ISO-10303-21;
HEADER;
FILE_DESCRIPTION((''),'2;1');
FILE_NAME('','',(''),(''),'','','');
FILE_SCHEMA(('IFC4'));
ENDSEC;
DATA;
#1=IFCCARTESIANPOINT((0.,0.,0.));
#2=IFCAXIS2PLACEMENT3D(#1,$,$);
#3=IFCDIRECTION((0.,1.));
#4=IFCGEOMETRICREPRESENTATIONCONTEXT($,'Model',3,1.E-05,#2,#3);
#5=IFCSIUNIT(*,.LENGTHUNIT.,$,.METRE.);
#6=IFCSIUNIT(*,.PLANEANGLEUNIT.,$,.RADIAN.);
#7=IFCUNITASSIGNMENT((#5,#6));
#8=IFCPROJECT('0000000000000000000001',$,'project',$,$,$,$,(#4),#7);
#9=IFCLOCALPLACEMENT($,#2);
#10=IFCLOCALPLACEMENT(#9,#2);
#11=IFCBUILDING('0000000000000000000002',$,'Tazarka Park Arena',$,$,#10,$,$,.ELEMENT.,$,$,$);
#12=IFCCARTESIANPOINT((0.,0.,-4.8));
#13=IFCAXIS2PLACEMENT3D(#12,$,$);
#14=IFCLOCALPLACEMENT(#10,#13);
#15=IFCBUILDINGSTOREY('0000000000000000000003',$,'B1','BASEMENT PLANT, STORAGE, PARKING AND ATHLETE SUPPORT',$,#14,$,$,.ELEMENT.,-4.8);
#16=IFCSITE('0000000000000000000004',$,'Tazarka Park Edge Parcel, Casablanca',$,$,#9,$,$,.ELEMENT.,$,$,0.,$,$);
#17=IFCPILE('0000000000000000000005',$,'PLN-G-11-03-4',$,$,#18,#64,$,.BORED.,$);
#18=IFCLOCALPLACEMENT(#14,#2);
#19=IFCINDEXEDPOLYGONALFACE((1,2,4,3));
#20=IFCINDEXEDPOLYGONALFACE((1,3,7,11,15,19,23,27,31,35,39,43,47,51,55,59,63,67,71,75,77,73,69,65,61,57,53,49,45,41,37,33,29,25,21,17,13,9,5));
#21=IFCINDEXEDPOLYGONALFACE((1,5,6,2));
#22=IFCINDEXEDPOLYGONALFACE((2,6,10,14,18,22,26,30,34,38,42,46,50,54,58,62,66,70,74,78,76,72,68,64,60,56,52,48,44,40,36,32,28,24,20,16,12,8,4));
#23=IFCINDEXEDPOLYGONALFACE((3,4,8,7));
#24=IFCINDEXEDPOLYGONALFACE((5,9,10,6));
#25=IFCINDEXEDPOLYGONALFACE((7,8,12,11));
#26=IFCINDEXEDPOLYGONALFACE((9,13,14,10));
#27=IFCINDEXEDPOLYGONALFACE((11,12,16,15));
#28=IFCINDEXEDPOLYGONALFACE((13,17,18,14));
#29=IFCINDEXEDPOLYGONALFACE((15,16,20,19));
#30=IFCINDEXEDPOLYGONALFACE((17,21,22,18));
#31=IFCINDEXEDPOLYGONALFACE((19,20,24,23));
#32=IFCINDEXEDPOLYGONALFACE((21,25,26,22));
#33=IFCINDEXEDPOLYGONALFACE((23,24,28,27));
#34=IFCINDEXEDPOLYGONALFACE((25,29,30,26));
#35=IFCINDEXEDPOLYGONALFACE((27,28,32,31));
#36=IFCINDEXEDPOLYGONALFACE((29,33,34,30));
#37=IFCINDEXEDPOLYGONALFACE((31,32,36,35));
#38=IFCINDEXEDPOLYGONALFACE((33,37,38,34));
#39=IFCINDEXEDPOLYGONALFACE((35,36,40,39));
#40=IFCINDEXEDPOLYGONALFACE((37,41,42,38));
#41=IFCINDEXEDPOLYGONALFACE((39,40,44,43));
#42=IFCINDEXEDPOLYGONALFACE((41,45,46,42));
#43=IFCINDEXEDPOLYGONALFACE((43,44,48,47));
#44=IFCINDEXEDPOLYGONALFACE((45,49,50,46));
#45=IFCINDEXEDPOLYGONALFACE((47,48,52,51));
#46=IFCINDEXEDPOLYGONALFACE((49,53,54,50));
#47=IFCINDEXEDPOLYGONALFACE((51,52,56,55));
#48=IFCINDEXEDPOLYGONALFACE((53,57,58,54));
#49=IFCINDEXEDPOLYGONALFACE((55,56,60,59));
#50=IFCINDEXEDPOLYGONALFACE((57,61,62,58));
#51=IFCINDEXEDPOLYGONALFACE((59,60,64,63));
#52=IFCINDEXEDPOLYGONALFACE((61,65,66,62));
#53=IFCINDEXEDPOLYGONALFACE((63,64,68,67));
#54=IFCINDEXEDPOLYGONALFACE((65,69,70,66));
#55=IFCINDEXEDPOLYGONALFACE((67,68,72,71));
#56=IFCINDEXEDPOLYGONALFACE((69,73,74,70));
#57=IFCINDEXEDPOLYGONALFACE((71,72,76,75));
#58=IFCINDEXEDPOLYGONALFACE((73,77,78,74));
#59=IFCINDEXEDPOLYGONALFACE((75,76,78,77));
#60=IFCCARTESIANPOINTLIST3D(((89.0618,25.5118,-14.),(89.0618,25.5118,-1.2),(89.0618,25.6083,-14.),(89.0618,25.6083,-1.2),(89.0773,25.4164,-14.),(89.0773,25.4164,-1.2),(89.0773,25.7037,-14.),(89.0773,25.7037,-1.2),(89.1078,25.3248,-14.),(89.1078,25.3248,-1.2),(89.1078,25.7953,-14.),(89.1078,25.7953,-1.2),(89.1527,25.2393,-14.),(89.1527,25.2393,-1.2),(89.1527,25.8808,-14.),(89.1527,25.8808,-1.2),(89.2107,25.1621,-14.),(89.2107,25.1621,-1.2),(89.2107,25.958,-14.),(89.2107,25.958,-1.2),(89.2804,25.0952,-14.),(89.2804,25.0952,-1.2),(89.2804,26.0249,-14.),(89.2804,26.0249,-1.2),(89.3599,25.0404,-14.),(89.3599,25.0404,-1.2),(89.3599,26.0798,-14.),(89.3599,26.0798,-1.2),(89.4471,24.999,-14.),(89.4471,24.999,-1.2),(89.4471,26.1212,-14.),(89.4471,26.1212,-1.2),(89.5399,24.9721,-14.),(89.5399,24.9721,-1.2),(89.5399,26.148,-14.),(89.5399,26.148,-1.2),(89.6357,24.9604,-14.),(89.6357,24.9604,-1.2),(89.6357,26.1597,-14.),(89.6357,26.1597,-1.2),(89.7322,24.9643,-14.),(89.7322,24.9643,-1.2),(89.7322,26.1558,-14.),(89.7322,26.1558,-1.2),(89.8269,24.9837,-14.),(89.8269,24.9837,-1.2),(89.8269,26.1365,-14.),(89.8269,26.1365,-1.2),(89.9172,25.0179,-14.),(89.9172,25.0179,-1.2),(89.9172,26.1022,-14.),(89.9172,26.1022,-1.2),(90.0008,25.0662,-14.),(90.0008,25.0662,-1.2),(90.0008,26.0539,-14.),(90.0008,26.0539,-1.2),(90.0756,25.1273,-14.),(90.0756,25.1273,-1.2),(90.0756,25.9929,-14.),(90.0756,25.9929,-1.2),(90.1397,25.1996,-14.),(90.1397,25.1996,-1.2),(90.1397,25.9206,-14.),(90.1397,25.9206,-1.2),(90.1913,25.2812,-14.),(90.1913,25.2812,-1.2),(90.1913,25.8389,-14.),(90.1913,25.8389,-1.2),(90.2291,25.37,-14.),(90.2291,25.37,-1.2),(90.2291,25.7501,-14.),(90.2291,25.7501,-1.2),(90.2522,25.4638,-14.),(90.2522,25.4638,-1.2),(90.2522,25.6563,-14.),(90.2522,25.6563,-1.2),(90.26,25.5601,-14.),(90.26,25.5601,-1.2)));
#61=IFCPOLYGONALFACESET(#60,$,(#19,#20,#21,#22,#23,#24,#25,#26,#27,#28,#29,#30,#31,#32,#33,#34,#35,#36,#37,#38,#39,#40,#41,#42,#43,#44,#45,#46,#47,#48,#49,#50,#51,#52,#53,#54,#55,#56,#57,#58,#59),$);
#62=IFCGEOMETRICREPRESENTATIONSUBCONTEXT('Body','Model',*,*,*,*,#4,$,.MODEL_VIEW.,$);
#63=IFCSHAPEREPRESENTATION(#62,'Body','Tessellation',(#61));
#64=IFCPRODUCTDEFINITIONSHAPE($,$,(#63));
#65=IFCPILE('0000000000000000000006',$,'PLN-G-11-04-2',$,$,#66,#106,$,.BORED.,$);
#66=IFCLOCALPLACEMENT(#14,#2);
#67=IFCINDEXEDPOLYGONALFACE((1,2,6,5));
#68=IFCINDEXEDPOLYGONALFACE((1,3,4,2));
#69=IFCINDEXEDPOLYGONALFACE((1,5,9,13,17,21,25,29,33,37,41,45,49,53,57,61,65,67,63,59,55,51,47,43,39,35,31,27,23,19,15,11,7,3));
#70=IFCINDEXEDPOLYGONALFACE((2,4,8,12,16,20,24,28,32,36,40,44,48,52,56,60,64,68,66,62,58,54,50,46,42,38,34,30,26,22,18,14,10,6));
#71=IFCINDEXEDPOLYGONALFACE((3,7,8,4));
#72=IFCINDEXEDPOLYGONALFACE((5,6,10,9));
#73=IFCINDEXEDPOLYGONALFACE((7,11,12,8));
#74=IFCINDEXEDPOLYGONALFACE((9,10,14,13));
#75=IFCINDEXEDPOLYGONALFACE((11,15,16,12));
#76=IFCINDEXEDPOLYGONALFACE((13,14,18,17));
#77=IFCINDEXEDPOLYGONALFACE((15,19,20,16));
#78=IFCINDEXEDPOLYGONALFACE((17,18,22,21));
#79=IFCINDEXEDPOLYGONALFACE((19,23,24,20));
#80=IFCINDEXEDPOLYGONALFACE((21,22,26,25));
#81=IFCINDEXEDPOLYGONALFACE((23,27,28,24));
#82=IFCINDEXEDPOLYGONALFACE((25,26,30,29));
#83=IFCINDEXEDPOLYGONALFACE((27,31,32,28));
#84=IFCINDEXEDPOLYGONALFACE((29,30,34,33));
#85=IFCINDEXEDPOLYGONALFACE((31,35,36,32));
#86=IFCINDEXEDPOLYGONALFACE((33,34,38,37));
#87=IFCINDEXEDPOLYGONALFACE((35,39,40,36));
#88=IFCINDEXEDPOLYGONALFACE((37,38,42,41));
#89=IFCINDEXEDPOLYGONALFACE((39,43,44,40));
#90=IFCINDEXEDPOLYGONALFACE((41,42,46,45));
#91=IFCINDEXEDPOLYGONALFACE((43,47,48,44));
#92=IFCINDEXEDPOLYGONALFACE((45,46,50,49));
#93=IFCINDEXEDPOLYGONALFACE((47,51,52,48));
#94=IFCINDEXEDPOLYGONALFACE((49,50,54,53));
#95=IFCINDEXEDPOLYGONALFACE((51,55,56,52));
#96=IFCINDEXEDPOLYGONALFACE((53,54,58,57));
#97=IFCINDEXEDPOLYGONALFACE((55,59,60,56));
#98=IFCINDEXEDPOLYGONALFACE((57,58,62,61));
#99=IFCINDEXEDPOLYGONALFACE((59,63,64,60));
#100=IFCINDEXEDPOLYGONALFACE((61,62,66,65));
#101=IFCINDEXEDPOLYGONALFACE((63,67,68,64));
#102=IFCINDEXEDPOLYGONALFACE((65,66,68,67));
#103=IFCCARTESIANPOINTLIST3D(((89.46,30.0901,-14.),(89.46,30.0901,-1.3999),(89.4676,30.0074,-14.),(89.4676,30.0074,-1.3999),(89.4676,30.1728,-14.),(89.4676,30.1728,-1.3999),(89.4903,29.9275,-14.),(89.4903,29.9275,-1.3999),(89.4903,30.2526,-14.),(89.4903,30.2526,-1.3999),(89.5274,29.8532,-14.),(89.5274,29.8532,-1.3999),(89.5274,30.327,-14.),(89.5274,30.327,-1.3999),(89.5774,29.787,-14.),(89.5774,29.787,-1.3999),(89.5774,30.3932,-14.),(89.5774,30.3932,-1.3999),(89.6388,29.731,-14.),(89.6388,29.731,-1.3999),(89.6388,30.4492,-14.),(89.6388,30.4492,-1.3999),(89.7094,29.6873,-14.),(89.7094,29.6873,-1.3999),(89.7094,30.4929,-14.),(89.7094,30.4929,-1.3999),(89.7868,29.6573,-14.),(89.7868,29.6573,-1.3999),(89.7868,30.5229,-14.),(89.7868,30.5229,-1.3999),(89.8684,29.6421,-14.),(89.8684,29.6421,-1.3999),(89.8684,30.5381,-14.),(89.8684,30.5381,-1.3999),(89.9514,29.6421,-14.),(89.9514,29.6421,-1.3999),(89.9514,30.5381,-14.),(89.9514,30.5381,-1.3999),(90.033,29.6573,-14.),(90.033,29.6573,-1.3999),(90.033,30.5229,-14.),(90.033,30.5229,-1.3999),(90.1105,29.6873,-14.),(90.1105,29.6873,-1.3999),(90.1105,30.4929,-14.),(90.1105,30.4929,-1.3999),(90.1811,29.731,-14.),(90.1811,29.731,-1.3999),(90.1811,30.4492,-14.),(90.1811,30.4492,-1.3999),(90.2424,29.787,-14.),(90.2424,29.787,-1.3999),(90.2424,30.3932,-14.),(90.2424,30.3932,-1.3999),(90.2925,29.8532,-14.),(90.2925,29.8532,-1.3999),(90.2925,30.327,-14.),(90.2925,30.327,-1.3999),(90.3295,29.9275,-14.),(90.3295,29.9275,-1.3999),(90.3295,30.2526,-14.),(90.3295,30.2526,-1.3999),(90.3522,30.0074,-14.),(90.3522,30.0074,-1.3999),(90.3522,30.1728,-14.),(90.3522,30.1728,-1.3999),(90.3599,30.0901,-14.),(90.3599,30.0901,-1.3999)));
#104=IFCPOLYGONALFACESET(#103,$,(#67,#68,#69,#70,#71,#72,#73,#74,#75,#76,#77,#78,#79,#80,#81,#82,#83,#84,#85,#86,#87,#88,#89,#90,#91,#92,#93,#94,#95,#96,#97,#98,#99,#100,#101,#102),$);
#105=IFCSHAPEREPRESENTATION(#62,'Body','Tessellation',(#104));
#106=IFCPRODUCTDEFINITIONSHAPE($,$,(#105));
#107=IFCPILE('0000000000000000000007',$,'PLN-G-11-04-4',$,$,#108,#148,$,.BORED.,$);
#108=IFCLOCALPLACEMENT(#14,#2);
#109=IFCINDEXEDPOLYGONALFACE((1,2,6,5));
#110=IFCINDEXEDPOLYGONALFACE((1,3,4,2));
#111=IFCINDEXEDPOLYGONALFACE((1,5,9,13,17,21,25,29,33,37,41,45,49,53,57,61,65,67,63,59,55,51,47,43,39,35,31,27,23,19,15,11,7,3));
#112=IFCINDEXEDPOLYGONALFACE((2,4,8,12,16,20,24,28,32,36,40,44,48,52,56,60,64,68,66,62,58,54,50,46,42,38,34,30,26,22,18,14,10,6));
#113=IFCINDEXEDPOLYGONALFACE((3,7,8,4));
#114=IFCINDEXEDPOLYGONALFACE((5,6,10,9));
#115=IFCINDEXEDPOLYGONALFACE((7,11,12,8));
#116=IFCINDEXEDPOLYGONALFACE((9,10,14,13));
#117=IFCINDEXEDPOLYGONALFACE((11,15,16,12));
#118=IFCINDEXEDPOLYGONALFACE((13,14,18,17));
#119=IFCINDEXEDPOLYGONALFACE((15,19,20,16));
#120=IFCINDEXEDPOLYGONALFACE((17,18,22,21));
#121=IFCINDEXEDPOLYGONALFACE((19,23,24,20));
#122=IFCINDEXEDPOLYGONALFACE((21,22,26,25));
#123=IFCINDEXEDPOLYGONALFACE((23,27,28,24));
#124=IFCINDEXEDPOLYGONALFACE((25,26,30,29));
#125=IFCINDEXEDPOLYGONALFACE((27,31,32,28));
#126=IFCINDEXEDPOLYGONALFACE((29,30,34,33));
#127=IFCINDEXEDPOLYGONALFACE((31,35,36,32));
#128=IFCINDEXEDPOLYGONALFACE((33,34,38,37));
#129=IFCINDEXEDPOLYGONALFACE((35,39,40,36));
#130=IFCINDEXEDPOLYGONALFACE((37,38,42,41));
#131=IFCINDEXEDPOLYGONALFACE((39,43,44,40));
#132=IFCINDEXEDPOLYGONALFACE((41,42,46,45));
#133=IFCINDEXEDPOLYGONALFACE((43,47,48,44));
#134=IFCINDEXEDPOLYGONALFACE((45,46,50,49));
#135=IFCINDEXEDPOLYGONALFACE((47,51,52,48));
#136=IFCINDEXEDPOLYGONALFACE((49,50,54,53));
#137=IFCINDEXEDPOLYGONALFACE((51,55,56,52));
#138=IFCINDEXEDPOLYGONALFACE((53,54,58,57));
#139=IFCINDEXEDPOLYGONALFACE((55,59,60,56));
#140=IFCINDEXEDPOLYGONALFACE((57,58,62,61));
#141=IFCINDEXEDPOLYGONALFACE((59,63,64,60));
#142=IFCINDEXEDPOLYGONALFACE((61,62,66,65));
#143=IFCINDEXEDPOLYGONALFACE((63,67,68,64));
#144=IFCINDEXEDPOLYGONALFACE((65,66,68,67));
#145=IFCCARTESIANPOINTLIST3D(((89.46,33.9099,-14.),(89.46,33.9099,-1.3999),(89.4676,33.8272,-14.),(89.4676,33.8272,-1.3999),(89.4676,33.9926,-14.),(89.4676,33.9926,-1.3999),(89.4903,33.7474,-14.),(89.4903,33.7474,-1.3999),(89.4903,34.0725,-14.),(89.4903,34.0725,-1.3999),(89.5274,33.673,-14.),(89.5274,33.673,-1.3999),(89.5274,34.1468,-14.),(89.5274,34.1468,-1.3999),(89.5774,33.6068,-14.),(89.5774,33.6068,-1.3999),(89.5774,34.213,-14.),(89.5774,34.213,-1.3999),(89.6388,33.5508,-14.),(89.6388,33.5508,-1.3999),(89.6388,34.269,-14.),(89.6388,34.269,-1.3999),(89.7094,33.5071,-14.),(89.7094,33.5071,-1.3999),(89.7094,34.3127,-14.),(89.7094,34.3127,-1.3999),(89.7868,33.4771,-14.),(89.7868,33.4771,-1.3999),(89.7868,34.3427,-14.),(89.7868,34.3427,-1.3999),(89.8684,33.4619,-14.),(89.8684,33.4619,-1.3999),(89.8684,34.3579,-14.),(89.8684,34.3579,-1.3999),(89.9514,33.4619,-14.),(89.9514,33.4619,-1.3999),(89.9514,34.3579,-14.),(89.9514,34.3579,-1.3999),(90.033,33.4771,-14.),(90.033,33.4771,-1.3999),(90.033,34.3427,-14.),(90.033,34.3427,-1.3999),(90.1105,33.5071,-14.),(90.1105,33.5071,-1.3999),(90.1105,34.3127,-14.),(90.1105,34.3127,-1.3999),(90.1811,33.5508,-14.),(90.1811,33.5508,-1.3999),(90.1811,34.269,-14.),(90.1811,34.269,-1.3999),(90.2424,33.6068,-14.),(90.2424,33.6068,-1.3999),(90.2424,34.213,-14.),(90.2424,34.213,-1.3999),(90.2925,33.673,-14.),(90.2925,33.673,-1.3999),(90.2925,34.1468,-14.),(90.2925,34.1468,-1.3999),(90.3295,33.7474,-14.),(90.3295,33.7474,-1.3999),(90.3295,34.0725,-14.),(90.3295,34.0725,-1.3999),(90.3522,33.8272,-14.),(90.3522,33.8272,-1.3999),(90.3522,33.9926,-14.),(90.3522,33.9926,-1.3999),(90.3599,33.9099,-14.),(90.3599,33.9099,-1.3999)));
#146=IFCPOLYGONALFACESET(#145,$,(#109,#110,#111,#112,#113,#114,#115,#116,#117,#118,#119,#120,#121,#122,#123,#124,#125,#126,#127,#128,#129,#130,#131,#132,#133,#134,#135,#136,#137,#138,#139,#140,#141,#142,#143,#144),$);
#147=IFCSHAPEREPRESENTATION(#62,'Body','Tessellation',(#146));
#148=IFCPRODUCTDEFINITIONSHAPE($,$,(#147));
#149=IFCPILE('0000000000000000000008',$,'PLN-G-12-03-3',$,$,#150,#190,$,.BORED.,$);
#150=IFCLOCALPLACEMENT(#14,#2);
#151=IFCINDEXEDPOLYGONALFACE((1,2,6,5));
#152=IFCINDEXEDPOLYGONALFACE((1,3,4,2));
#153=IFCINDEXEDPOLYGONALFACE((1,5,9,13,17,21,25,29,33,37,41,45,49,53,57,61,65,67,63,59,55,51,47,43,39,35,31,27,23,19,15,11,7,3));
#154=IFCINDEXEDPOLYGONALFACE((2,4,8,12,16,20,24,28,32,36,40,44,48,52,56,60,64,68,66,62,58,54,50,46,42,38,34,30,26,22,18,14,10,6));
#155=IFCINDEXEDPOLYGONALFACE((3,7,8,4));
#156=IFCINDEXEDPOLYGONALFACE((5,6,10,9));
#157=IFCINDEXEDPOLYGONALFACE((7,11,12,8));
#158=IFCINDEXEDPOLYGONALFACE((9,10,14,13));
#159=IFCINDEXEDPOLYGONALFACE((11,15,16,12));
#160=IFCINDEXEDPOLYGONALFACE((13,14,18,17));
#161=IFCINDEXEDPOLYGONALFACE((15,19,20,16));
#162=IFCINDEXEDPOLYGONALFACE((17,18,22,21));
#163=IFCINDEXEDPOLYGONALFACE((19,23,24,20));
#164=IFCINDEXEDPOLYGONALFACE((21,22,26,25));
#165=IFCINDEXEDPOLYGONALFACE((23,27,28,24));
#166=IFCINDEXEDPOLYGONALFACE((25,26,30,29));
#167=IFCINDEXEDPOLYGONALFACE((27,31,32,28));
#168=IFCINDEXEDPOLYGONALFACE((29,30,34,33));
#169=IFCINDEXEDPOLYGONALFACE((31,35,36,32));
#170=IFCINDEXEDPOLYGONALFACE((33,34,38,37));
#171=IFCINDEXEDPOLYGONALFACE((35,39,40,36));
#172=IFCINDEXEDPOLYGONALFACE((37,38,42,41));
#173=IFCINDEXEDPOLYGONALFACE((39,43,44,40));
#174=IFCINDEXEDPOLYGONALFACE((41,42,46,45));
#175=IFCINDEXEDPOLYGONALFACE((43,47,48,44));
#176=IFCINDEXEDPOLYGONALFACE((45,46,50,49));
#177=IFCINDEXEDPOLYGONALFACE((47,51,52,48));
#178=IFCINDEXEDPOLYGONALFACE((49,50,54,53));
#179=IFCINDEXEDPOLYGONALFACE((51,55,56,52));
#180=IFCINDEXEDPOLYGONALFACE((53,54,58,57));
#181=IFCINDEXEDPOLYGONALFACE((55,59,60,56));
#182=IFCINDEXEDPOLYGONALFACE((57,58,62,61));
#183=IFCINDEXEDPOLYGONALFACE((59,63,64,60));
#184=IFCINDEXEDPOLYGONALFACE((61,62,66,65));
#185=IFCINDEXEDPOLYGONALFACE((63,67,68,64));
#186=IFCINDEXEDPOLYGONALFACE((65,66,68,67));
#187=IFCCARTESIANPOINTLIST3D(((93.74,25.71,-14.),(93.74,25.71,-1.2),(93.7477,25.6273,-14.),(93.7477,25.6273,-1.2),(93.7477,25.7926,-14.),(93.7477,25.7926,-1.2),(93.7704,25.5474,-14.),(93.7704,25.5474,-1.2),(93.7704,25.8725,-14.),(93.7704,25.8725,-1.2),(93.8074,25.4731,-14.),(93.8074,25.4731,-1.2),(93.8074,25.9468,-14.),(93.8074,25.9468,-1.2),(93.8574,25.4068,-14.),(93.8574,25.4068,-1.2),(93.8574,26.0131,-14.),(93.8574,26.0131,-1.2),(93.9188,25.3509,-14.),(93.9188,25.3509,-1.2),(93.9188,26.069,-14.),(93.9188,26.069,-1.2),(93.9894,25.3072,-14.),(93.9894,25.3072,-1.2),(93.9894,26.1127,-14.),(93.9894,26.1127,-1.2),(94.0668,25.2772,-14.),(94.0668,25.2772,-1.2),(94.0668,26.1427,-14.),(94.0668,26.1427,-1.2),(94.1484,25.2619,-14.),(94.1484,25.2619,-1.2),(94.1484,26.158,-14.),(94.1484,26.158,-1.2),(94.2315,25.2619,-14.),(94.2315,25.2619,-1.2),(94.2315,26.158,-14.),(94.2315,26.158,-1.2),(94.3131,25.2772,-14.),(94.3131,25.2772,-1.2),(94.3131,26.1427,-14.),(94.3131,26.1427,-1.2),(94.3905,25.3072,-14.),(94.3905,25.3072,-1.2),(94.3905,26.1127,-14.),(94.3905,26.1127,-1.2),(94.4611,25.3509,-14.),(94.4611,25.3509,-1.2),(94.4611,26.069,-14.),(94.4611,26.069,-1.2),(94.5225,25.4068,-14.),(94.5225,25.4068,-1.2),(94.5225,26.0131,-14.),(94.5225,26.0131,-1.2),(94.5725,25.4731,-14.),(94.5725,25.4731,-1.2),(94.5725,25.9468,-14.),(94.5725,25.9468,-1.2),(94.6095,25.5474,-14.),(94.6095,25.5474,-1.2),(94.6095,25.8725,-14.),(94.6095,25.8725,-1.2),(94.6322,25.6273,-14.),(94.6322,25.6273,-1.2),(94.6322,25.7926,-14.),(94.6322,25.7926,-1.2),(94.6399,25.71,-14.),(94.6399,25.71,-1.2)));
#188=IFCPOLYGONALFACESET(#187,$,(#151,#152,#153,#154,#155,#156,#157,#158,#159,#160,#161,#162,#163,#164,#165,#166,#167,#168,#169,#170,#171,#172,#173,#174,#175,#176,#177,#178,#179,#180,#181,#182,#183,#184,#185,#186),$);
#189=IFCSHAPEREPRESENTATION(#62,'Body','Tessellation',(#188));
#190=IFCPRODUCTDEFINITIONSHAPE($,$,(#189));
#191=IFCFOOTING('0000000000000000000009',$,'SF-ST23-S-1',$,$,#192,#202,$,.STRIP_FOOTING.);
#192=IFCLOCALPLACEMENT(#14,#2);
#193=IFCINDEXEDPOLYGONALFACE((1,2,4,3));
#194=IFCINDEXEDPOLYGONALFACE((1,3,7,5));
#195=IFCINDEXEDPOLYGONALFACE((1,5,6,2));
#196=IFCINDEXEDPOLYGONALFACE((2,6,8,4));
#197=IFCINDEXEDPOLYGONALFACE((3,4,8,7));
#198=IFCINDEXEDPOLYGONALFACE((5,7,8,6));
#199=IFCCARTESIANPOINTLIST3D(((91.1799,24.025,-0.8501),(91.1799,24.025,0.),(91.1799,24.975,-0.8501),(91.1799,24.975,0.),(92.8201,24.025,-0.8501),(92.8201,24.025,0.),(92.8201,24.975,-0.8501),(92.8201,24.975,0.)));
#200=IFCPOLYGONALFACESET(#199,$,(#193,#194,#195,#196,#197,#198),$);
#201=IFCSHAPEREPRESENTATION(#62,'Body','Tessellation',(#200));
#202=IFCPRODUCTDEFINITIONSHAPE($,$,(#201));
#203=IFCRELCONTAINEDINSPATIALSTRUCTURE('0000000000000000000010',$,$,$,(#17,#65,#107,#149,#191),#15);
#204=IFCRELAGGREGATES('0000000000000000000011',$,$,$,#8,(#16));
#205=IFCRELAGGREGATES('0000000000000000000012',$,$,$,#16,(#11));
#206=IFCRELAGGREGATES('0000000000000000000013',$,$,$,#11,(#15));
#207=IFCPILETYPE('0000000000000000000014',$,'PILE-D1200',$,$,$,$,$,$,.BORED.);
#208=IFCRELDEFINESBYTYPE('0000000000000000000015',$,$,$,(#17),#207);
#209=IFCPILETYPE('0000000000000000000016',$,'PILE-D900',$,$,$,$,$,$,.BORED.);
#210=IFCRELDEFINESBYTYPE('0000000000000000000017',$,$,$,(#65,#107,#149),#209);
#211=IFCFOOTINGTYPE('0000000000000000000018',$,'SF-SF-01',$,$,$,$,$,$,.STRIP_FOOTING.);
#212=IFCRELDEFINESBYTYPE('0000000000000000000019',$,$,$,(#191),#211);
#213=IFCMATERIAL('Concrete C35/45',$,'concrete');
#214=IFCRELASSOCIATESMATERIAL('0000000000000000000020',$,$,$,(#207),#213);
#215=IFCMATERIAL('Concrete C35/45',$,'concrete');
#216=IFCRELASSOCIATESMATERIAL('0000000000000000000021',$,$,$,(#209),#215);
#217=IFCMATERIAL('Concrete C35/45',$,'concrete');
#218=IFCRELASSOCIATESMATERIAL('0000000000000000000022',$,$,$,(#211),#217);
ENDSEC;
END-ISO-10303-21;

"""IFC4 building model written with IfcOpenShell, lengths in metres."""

from ifc_helpers import new_model, si_unit, direction, frame, origin, origin_2d, place, context, subcontext, project, spatial, rectangle, circle, extrude, material, material_profile, profile_set, type_object, element, save


model = new_model("IFC4")

# Units and contexts
model_context = context("Model", 3, precision=1e-05, world=origin(), true_north=direction((0.0, 1.0)))
body_context = subcontext(model_context, "Body", "Model", "MODEL_VIEW")
ifc_project = project(units=[si_unit("LENGTHUNIT", "METRE"), si_unit("PLANEANGLEUNIT", "RADIAN")], contexts=[model_context])

# Site, building, storey
site_placement = place(None, origin())
site = spatial("IfcSite", under=ifc_project, at=site_placement, Name="Tazarka Park Edge Parcel, Casablanca", CompositionType="ELEMENT", RefElevation=0.0)
building_placement = place(site_placement, origin())
building = spatial("IfcBuilding", under=site, at=building_placement, Name="Tazarka Park Arena", CompositionType="ELEMENT")
storey_placement = place(building_placement, frame((0.0, 0.0, -4.8)))
storey = spatial("IfcBuildingStorey", under=building, at=storey_placement, Name="B1", Description="BASEMENT PLANT, STORAGE, PARKING AND ATHLETE SUPPORT", CompositionType="ELEMENT", Elevation=-4.8)

# Piles
ifc_material_1 = material(Name="Concrete C35/45", Category="concrete")
ifc_material_profile_1 = material_profile(ifc_material_1, circle(Radius=0.6001, at=origin_2d()), Name="Concrete C35/45")
ifc_profile_set_1 = profile_set([ifc_material_profile_1], Name="Concrete C35/45")
pile_type_1 = type_object("IfcPileType", Name="PILE-D1200", PredefinedType="BORED", material=ifc_profile_set_1)
pile_1_placement = place(storey_placement, frame((89.6599, 25.5601, -1.2), z_axis=(0.0, 0.0, -1.0), x_axis=(1.0, 0.0, 0.0)))
element("IfcPile", 1, at=pile_1_placement, inside=storey, type_object=pile_type_1, Name="PLN-G-11-03-4", PredefinedType="BORED", context=body_context, shape_type="SweptSolid", body=[
    extrude(circle(Radius=0.6001, at=origin_2d()), origin(), (0.0, 0.0, 1.0), 12.8),
])
ifc_material_2 = material(Name="Concrete C35/45", Category="concrete")
ifc_material_profile_2 = material_profile(ifc_material_2, circle(Radius=0.45, at=origin_2d()), Name="Concrete C35/45")
ifc_profile_set_2 = profile_set([ifc_material_profile_2], Name="Concrete C35/45")
pile_type_2 = type_object("IfcPileType", Name="PILE-D900", PredefinedType="BORED", material=ifc_profile_set_2)
for number, where, z_axis, x_axis, name in (
    (2, (89.9099, 30.0901, -1.3999), (0.0, 0.0, -1.0), (1.0, 0.0, 0.0), "PLN-G-11-04-2"),
    (3, (89.9099, 33.9099, -1.3999), (0.0, 0.0, -1.0), (1.0, 0.0, 0.0), "PLN-G-11-04-4"),
):
    element("IfcPile", number, at=place(storey_placement, frame(where, z_axis=z_axis, x_axis=x_axis)), inside=storey, type_object=pile_type_2, Name=name, PredefinedType="BORED", context=body_context, shape_type="SweptSolid", body=[
        extrude(circle(Radius=0.45, at=origin_2d()), origin(), (0.0, 0.0, 1.0), 12.6001),
    ])
pile_2_placement = place(storey_placement, frame((94.1899, 25.71, -1.2), z_axis=(0.0, 0.0, -1.0), x_axis=(1.0, 0.0, 0.0)))
element("IfcPile", 4, at=pile_2_placement, inside=storey, type_object=pile_type_2, Name="PLN-G-12-03-3", PredefinedType="BORED", context=body_context, shape_type="SweptSolid", body=[
    extrude(circle(Radius=0.45, at=origin_2d()), origin(), (0.0, 0.0, 1.0), 12.8),
])

# Footing
ifc_material_3 = material(Name="Concrete C35/45", Category="concrete")
ifc_material_profile_3 = material_profile(ifc_material_3, rectangle(XDim=0.95, YDim=0.8501, at=origin_2d()), Name="Concrete C35/45")
ifc_profile_set_3 = profile_set([ifc_material_profile_3], Name="Concrete C35/45")
footing_type_1 = type_object("IfcFootingType", Name="SF-SF-01", PredefinedType="STRIP_FOOTING", material=ifc_profile_set_3)
footing_1_placement = place(storey_placement, frame((92.8201, 24.5, -0.425), z_axis=(-1.0, 0.0, 0.0), x_axis=(0.0, -1.0, 0.0)))
element("IfcFooting", 5, at=footing_1_placement, inside=storey, type_object=footing_type_1, Name="SF-ST23-S-1", PredefinedType="STRIP_FOOTING", context=body_context, shape_type="SweptSolid", body=[
    extrude(rectangle(XDim=0.95, YDim=0.8501, at=origin_2d()), origin(), (0.0, 0.0, 1.0), 1.6401),
])

save(model, "model.ifc")
